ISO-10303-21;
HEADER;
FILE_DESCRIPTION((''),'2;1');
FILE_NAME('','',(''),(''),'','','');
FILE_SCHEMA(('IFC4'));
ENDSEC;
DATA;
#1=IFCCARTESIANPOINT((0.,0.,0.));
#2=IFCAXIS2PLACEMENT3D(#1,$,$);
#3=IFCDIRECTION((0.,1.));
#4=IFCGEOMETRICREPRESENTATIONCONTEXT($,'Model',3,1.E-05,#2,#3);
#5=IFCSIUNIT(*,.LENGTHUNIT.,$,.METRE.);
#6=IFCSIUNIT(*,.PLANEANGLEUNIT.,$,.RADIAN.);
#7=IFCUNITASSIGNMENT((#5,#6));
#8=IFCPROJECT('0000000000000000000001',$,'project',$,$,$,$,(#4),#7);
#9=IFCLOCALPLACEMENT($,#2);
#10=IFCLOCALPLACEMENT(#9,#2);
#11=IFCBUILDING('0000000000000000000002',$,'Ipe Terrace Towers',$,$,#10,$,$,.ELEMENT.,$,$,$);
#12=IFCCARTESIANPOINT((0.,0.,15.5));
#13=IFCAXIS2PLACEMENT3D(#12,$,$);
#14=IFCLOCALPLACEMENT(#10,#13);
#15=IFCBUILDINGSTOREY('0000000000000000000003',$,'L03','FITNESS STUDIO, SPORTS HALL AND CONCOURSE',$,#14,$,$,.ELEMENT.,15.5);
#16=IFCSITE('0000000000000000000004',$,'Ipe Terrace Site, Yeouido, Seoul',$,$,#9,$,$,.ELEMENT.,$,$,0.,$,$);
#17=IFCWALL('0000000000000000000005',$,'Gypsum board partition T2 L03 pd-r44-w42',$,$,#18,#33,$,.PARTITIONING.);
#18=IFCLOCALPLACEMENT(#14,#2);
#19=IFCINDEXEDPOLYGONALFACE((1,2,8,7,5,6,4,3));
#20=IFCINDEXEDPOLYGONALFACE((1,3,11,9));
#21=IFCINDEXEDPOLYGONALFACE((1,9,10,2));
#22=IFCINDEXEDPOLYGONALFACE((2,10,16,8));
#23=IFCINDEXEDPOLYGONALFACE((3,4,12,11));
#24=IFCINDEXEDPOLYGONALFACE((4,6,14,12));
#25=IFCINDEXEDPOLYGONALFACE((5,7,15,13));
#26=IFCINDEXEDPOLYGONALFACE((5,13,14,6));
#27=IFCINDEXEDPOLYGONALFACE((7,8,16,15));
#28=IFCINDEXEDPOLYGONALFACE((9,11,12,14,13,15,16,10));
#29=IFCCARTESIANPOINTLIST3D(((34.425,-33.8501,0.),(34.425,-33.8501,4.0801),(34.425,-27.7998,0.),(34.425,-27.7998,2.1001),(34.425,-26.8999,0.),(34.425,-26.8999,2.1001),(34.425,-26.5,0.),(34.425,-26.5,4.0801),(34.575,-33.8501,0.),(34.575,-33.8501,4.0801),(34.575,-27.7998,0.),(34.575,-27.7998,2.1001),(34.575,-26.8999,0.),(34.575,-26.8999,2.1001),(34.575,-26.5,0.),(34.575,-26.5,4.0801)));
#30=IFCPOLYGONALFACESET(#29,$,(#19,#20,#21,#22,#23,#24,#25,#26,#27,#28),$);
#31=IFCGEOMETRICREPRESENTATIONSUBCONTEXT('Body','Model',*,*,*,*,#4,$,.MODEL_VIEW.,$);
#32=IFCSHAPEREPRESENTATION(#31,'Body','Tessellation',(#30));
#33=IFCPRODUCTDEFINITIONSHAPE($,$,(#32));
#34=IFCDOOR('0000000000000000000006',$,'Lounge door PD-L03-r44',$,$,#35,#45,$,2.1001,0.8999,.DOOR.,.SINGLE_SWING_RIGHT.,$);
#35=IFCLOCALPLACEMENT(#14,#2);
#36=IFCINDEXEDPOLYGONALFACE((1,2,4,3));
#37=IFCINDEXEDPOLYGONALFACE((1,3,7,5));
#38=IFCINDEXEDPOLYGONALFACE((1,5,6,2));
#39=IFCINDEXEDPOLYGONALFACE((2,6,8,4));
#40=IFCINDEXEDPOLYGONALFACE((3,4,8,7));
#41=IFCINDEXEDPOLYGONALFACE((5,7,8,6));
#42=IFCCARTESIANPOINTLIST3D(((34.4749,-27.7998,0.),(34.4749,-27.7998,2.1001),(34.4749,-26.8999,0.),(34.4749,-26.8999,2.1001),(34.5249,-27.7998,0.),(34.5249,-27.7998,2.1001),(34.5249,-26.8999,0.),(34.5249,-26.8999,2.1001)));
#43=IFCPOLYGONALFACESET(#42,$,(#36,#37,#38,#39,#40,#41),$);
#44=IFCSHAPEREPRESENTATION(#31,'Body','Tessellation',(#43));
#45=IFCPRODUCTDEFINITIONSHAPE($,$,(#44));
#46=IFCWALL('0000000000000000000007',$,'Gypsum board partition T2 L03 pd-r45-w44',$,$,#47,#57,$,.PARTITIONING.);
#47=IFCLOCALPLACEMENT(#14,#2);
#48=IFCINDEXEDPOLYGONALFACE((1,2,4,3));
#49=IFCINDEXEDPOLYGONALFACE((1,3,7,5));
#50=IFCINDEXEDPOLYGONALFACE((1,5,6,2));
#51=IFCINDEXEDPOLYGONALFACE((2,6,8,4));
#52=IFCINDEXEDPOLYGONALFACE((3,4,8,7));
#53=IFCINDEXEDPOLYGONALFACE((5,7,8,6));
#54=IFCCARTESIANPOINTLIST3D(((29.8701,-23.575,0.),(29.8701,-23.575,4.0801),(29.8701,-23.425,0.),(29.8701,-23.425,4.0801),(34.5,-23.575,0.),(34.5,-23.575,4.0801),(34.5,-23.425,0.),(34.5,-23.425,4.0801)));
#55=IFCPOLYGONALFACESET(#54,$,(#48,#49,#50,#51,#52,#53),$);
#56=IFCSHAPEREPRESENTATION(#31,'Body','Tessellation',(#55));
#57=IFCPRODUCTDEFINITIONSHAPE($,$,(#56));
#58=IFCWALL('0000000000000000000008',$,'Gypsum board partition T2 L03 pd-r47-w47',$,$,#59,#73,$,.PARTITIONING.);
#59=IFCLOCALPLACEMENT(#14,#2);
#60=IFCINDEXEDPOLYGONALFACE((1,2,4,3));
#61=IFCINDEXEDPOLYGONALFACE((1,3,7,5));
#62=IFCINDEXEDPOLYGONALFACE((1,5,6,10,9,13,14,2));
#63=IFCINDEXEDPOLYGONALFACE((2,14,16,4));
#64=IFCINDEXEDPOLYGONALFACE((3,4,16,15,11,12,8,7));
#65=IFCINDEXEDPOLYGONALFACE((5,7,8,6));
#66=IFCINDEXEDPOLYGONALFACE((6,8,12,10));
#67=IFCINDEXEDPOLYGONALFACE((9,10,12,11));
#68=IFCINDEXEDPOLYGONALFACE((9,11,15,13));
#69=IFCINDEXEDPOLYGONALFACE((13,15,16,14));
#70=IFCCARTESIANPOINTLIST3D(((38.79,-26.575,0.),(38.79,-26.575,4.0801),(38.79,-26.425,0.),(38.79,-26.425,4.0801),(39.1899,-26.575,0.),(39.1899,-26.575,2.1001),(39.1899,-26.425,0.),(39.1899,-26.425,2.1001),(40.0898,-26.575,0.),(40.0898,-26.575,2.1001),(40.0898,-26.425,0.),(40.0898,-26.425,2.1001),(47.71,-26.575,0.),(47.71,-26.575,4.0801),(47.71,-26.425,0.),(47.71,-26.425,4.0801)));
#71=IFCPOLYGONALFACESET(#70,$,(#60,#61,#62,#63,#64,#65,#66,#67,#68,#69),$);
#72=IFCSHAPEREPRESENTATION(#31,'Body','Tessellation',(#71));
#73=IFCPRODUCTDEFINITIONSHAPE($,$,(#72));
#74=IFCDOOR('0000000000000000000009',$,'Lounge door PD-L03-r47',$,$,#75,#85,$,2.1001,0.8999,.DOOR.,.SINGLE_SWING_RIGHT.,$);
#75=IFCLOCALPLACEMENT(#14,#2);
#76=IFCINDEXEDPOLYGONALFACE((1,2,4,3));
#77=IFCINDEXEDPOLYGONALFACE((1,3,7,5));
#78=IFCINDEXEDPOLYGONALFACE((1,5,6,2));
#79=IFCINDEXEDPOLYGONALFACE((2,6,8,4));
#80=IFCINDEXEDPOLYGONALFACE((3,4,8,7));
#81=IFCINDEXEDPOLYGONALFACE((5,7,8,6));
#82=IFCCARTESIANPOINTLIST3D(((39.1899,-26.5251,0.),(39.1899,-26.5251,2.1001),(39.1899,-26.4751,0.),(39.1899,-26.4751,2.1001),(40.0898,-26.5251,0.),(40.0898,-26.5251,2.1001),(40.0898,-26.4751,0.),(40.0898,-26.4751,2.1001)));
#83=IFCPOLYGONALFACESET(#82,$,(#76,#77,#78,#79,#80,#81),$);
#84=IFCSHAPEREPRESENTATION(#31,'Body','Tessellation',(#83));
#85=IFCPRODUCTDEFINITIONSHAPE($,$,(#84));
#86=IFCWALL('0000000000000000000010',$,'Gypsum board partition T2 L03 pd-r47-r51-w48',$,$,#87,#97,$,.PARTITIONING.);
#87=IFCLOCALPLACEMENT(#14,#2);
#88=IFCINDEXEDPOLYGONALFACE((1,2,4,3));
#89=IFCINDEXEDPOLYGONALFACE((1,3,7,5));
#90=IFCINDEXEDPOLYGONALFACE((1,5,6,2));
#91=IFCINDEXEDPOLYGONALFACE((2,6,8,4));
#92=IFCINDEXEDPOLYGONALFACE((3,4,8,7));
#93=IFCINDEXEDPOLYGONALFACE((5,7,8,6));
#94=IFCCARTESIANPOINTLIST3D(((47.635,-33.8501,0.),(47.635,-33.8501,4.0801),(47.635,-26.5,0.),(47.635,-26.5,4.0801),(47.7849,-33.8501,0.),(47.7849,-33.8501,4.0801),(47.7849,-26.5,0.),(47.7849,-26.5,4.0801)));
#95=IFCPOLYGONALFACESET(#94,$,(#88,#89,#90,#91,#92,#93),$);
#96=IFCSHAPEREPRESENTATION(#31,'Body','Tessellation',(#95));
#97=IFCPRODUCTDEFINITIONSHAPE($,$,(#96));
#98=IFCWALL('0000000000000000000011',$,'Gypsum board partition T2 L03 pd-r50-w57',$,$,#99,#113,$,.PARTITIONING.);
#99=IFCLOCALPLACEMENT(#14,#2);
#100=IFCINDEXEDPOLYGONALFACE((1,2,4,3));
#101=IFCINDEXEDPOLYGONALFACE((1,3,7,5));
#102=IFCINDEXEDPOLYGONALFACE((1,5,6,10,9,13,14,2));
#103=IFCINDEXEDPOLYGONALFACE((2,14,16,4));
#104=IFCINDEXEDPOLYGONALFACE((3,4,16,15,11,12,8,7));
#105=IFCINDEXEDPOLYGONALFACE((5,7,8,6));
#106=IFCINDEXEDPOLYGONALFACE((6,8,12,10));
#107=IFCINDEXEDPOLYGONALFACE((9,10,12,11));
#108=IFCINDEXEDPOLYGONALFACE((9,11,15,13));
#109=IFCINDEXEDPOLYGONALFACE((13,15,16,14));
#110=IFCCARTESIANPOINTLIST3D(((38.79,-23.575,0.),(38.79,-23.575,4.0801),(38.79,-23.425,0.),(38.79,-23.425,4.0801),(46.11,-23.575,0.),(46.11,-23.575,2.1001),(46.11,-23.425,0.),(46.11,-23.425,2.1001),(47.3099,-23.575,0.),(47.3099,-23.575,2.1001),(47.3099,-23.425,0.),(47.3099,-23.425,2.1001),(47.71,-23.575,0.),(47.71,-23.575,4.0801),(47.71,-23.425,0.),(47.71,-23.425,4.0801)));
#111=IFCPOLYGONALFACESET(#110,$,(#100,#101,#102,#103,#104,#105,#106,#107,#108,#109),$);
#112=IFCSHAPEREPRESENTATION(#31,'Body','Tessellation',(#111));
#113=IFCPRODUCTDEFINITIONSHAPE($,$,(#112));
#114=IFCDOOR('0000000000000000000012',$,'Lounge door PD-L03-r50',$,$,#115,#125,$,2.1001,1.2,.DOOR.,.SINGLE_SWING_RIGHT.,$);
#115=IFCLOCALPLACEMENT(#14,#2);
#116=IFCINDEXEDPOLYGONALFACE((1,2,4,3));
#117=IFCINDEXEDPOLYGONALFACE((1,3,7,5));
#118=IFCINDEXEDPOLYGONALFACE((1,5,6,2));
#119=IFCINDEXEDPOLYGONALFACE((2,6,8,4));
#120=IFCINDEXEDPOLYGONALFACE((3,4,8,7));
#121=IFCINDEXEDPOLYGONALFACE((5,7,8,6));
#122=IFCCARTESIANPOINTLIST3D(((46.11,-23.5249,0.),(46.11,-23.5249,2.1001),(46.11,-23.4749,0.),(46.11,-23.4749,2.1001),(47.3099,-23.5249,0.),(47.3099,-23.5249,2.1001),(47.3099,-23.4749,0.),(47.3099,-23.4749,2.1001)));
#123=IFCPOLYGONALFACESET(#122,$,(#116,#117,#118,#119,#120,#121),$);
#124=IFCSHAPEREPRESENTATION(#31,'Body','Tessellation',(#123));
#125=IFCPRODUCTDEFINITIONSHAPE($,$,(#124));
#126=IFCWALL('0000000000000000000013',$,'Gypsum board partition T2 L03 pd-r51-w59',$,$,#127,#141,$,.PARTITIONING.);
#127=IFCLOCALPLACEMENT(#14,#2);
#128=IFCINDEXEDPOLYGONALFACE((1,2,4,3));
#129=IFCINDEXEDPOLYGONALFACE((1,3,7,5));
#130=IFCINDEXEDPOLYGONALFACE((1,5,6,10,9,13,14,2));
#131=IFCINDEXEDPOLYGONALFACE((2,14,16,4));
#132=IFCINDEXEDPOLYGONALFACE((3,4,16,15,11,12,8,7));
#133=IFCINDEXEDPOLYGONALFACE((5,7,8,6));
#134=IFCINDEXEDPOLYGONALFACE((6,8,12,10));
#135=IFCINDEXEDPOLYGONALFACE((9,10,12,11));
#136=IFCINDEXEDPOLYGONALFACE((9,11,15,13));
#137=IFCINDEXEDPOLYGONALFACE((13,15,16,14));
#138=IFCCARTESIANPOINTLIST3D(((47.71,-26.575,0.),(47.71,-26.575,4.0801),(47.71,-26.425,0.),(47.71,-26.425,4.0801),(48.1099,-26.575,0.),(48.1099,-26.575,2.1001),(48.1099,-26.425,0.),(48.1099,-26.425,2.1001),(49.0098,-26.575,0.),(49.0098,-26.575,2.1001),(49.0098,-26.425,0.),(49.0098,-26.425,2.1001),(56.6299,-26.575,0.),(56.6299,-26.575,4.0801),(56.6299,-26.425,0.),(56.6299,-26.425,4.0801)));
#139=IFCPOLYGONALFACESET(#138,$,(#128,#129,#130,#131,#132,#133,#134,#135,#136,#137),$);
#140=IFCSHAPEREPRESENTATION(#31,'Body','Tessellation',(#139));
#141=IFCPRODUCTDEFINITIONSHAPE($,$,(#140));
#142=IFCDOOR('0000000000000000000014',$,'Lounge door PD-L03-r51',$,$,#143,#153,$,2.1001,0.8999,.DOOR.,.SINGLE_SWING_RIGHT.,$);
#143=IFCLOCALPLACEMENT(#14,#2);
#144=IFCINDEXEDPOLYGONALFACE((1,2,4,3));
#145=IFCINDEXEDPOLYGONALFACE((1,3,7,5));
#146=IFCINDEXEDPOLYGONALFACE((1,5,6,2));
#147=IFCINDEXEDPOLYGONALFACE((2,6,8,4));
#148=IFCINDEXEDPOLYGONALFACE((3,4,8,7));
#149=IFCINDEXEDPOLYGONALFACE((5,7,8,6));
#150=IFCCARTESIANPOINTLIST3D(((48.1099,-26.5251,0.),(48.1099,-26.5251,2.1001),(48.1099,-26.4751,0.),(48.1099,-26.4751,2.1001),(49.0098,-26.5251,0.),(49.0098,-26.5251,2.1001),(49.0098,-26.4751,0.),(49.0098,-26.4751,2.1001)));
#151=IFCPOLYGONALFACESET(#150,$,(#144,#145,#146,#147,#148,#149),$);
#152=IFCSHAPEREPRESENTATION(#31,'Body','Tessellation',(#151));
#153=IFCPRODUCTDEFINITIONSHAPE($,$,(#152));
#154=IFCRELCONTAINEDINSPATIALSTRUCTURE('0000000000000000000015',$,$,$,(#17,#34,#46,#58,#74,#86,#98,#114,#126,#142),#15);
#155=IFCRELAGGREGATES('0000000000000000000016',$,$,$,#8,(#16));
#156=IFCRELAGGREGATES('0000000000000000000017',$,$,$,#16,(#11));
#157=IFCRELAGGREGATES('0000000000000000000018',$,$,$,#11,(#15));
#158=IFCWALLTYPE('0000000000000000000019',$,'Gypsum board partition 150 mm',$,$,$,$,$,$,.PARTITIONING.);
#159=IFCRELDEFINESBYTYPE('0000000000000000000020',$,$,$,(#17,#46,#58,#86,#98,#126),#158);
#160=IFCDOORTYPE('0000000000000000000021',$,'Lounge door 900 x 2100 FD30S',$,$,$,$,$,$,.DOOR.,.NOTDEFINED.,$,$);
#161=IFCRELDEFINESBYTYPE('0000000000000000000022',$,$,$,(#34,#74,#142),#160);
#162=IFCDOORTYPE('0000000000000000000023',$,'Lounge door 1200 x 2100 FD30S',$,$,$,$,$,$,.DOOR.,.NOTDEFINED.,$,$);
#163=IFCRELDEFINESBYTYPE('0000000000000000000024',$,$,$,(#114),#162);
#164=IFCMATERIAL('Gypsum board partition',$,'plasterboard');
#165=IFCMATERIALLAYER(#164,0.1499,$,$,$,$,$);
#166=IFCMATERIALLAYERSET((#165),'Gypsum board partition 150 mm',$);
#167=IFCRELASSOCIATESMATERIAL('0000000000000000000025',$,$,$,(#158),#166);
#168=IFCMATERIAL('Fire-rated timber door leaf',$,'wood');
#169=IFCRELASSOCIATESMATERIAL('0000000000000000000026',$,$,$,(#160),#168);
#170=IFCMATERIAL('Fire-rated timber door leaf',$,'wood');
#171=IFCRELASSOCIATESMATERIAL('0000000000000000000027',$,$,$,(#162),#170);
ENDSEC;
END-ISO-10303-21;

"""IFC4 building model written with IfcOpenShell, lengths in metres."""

from ifc_helpers import new_model, si_unit, direction, frame, frame_2d, origin, place, context, subcontext, project, spatial, rectangle, extrude, material, layer, layer_set, type_object, element, fill, save


model = new_model("IFC4")

# Units and contexts
model_context = context("Model", 3, precision=1e-05, world=origin(), true_north=direction((0.0, 1.0)))
body_context = subcontext(model_context, "Body", "Model", "MODEL_VIEW")
ifc_project = project(units=[si_unit("LENGTHUNIT", "METRE"), si_unit("PLANEANGLEUNIT", "RADIAN")], contexts=[model_context])

# Site, building, storey
site_placement = place(None, origin())
site = spatial("IfcSite", under=ifc_project, at=site_placement, Name="Ipe Terrace Site, Yeouido, Seoul", CompositionType="ELEMENT", RefElevation=0.0)
building_placement = place(site_placement, origin())
building = spatial("IfcBuilding", under=site, at=building_placement, Name="Ipe Terrace Towers", CompositionType="ELEMENT")
storey_placement = place(building_placement, frame((0.0, 0.0, 15.5)))
storey = spatial("IfcBuildingStorey", under=building, at=storey_placement, Name="L03", Description="FITNESS STUDIO, SPORTS HALL AND CONCOURSE", CompositionType="ELEMENT", Elevation=15.5)

# Wall, opening, door
ifc_material_1 = material(Name="Gypsum board partition", Category="plasterboard")
ifc_layer_1 = layer(ifc_material_1, 0.1499)
ifc_layer_set_1 = layer_set([ifc_layer_1], Name="Gypsum board partition 150 mm")
wall_type_1 = type_object("IfcWallType", Name="Gypsum board partition 150 mm", PredefinedType="PARTITIONING", material=ifc_layer_set_1)
wall_1_placement = place(storey_placement, frame((34.5, -26.5, 0.0), z_axis=(0.0, 0.0, 1.0), x_axis=(0.0, -1.0, 0.0)))
wall_1 = element("IfcWall", 1, at=wall_1_placement, inside=storey, type_object=wall_type_1, Name="Gypsum board partition T2 L03 pd-r44-w42", PredefinedType="PARTITIONING", context=body_context, shape_type="SweptSolid", body=[
    extrude(rectangle(XDim=7.3501, YDim=0.1499, at=frame_2d((3.675, 0.0))), origin(), (0.0, 0.0, 1.0), 4.0801),
])
opening_1_placement = place(wall_1_placement, frame((0.3999, 0.0, 0.0)))
opening_1 = element("IfcOpeningElement", 2, at=opening_1_placement, cuts=wall_1, PredefinedType="OPENING", context=body_context, shape_type="SweptSolid", body=[
    extrude(rectangle(XDim=0.8999, YDim=2.1001, at=frame_2d((0.45, 1.05))), frame((0.0, 0.085, 0.0), z_axis=(0.0, -1.0, 0.0), x_axis=(1.0, 0.0, 0.0)), (0.0, 0.0, 1.0), 0.1699),
])
ifc_material_2 = material(Name="Fire-rated timber door leaf", Category="wood")
door_type_1 = type_object("IfcDoorType", Name="Lounge door 900 x 2100 FD30S", OperationType="NOTDEFINED", PredefinedType="DOOR", material=ifc_material_2)
door_1_placement = place(opening_1_placement, origin())
door_1 = element("IfcDoor", 3, at=door_1_placement, inside=storey, type_object=door_type_1, Name="Lounge door PD-L03-r44", OperationType="SINGLE_SWING_RIGHT", OverallHeight=2.1001, OverallWidth=0.8999, PredefinedType="DOOR", context=body_context, shape_type="SweptSolid", body=[
    extrude(rectangle(XDim=0.8999, YDim=2.1001, at=frame_2d((0.45, 1.05))), frame((0.0, 0.0249, 0.0), z_axis=(0.0, -1.0, 0.0), x_axis=(1.0, 0.0, 0.0)), (0.0, 0.0, 1.0), 0.05),
])
fill(opening_1, door_1)

# Wall
wall_2_placement = place(storey_placement, frame((34.5, -23.5, 0.0), z_axis=(0.0, 0.0, 1.0), x_axis=(-1.0, 0.0, 0.0)))
element("IfcWall", 4, at=wall_2_placement, inside=storey, type_object=wall_type_1, Name="Gypsum board partition T2 L03 pd-r45-w44", PredefinedType="PARTITIONING", context=body_context, shape_type="SweptSolid", body=[
    extrude(rectangle(XDim=4.6299, YDim=0.1499, at=frame_2d((2.3149, 0.0))), origin(), (0.0, 0.0, 1.0), 4.0801),
])

# Wall, opening, door
wall_3_placement = place(storey_placement, frame((38.79, -26.5, 0.0), z_axis=(0.0, 0.0, 1.0), x_axis=(1.0, 0.0, 0.0)))
wall_3 = element("IfcWall", 5, at=wall_3_placement, inside=storey, type_object=wall_type_1, Name="Gypsum board partition T2 L03 pd-r47-w47", PredefinedType="PARTITIONING", context=body_context, shape_type="SweptSolid", body=[
    extrude(rectangle(XDim=8.9199, YDim=0.1499, at=frame_2d((4.46, 0.0))), origin(), (0.0, 0.0, 1.0), 4.0801),
])
opening_2_placement = place(wall_3_placement, frame((0.3999, 0.0, 0.0)))
opening_2 = element("IfcOpeningElement", 6, at=opening_2_placement, cuts=wall_3, PredefinedType="OPENING", context=body_context, shape_type="SweptSolid", body=[
    extrude(rectangle(XDim=0.8999, YDim=2.1001, at=frame_2d((0.45, 1.05))), frame((0.0, 0.085, 0.0), z_axis=(0.0, -1.0, 0.0), x_axis=(1.0, 0.0, 0.0)), (0.0, 0.0, 1.0), 0.1699),
])
door_2_placement = place(opening_2_placement, origin())
door_2 = element("IfcDoor", 7, at=door_2_placement, inside=storey, type_object=door_type_1, Name="Lounge door PD-L03-r47", OperationType="SINGLE_SWING_RIGHT", OverallHeight=2.1001, OverallWidth=0.8999, PredefinedType="DOOR", context=body_context, shape_type="SweptSolid", body=[
    extrude(rectangle(XDim=0.8999, YDim=2.1001, at=frame_2d((0.45, 1.05))), frame((0.0, 0.0249, 0.0), z_axis=(0.0, -1.0, 0.0), x_axis=(1.0, 0.0, 0.0)), (0.0, 0.0, 1.0), 0.05),
])
fill(opening_2, door_2)

# Wall
wall_4_placement = place(storey_placement, frame((47.71, -26.5, 0.0), z_axis=(0.0, 0.0, 1.0), x_axis=(0.0, -1.0, 0.0)))
element("IfcWall", 8, at=wall_4_placement, inside=storey, type_object=wall_type_1, Name="Gypsum board partition T2 L03 pd-r47-r51-w48", PredefinedType="PARTITIONING", context=body_context, shape_type="SweptSolid", body=[
    extrude(rectangle(XDim=7.3501, YDim=0.1499, at=frame_2d((3.675, 0.0))), origin(), (0.0, 0.0, 1.0), 4.0801),
])

# Walls, openings, doors
wall_5_placement = place(storey_placement, frame((47.71, -23.5, 0.0), z_axis=(0.0, 0.0, 1.0), x_axis=(-1.0, 0.0, 0.0)))
wall_5 = element("IfcWall", 9, at=wall_5_placement, inside=storey, type_object=wall_type_1, Name="Gypsum board partition T2 L03 pd-r50-w57", PredefinedType="PARTITIONING", context=body_context, shape_type="SweptSolid", body=[
    extrude(rectangle(XDim=8.9199, YDim=0.1499, at=frame_2d((4.46, 0.0))), origin(), (0.0, 0.0, 1.0), 4.0801),
])
opening_3_placement = place(wall_5_placement, frame((0.3999, 0.0, 0.0)))
opening_3 = element("IfcOpeningElement", 10, at=opening_3_placement, cuts=wall_5, PredefinedType="OPENING", context=body_context, shape_type="SweptSolid", body=[
    extrude(rectangle(XDim=1.2, YDim=2.1001, at=frame_2d((0.6001, 1.05))), frame((0.0, 0.085, 0.0), z_axis=(0.0, -1.0, 0.0), x_axis=(1.0, 0.0, 0.0)), (0.0, 0.0, 1.0), 0.1699),
])
ifc_material_3 = material(Name="Fire-rated timber door leaf", Category="wood")
door_type_2 = type_object("IfcDoorType", Name="Lounge door 1200 x 2100 FD30S", OperationType="NOTDEFINED", PredefinedType="DOOR", material=ifc_material_3)
door_3_placement = place(opening_3_placement, origin())
door_3 = element("IfcDoor", 11, at=door_3_placement, inside=storey, type_object=door_type_2, Name="Lounge door PD-L03-r50", OperationType="SINGLE_SWING_RIGHT", OverallHeight=2.1001, OverallWidth=1.2, PredefinedType="DOOR", context=body_context, shape_type="SweptSolid", body=[
    extrude(rectangle(XDim=1.2, YDim=2.1001, at=frame_2d((0.6001, 1.05))), frame((0.0, 0.0249, 0.0), z_axis=(0.0, -1.0, 0.0), x_axis=(1.0, 0.0, 0.0)), (0.0, 0.0, 1.0), 0.05),
])
fill(opening_3, door_3)
wall_6_placement = place(storey_placement, frame((47.71, -26.5, 0.0), z_axis=(0.0, 0.0, 1.0), x_axis=(1.0, 0.0, 0.0)))
wall_6 = element("IfcWall", 12, at=wall_6_placement, inside=storey, type_object=wall_type_1, Name="Gypsum board partition T2 L03 pd-r51-w59", PredefinedType="PARTITIONING", context=body_context, shape_type="SweptSolid", body=[
    extrude(rectangle(XDim=8.9199, YDim=0.1499, at=frame_2d((4.46, 0.0))), origin(), (0.0, 0.0, 1.0), 4.0801),
])
opening_4_placement = place(wall_6_placement, frame((0.3999, 0.0, 0.0)))
opening_4 = element("IfcOpeningElement", 13, at=opening_4_placement, cuts=wall_6, PredefinedType="OPENING", context=body_context, shape_type="SweptSolid", body=[
    extrude(rectangle(XDim=0.8999, YDim=2.1001, at=frame_2d((0.45, 1.05))), frame((0.0, 0.085, 0.0), z_axis=(0.0, -1.0, 0.0), x_axis=(1.0, 0.0, 0.0)), (0.0, 0.0, 1.0), 0.1699),
])
door_4_placement = place(opening_4_placement, origin())
door_4 = element("IfcDoor", 14, at=door_4_placement, inside=storey, type_object=door_type_1, Name="Lounge door PD-L03-r51", OperationType="SINGLE_SWING_RIGHT", OverallHeight=2.1001, OverallWidth=0.8999, PredefinedType="DOOR", context=body_context, shape_type="SweptSolid", body=[
    extrude(rectangle(XDim=0.8999, YDim=2.1001, at=frame_2d((0.45, 1.05))), frame((0.0, 0.0249, 0.0), z_axis=(0.0, -1.0, 0.0), x_axis=(1.0, 0.0, 0.0)), (0.0, 0.0, 1.0), 0.05),
])
fill(opening_4, door_4)

save(model, "model.ifc")
